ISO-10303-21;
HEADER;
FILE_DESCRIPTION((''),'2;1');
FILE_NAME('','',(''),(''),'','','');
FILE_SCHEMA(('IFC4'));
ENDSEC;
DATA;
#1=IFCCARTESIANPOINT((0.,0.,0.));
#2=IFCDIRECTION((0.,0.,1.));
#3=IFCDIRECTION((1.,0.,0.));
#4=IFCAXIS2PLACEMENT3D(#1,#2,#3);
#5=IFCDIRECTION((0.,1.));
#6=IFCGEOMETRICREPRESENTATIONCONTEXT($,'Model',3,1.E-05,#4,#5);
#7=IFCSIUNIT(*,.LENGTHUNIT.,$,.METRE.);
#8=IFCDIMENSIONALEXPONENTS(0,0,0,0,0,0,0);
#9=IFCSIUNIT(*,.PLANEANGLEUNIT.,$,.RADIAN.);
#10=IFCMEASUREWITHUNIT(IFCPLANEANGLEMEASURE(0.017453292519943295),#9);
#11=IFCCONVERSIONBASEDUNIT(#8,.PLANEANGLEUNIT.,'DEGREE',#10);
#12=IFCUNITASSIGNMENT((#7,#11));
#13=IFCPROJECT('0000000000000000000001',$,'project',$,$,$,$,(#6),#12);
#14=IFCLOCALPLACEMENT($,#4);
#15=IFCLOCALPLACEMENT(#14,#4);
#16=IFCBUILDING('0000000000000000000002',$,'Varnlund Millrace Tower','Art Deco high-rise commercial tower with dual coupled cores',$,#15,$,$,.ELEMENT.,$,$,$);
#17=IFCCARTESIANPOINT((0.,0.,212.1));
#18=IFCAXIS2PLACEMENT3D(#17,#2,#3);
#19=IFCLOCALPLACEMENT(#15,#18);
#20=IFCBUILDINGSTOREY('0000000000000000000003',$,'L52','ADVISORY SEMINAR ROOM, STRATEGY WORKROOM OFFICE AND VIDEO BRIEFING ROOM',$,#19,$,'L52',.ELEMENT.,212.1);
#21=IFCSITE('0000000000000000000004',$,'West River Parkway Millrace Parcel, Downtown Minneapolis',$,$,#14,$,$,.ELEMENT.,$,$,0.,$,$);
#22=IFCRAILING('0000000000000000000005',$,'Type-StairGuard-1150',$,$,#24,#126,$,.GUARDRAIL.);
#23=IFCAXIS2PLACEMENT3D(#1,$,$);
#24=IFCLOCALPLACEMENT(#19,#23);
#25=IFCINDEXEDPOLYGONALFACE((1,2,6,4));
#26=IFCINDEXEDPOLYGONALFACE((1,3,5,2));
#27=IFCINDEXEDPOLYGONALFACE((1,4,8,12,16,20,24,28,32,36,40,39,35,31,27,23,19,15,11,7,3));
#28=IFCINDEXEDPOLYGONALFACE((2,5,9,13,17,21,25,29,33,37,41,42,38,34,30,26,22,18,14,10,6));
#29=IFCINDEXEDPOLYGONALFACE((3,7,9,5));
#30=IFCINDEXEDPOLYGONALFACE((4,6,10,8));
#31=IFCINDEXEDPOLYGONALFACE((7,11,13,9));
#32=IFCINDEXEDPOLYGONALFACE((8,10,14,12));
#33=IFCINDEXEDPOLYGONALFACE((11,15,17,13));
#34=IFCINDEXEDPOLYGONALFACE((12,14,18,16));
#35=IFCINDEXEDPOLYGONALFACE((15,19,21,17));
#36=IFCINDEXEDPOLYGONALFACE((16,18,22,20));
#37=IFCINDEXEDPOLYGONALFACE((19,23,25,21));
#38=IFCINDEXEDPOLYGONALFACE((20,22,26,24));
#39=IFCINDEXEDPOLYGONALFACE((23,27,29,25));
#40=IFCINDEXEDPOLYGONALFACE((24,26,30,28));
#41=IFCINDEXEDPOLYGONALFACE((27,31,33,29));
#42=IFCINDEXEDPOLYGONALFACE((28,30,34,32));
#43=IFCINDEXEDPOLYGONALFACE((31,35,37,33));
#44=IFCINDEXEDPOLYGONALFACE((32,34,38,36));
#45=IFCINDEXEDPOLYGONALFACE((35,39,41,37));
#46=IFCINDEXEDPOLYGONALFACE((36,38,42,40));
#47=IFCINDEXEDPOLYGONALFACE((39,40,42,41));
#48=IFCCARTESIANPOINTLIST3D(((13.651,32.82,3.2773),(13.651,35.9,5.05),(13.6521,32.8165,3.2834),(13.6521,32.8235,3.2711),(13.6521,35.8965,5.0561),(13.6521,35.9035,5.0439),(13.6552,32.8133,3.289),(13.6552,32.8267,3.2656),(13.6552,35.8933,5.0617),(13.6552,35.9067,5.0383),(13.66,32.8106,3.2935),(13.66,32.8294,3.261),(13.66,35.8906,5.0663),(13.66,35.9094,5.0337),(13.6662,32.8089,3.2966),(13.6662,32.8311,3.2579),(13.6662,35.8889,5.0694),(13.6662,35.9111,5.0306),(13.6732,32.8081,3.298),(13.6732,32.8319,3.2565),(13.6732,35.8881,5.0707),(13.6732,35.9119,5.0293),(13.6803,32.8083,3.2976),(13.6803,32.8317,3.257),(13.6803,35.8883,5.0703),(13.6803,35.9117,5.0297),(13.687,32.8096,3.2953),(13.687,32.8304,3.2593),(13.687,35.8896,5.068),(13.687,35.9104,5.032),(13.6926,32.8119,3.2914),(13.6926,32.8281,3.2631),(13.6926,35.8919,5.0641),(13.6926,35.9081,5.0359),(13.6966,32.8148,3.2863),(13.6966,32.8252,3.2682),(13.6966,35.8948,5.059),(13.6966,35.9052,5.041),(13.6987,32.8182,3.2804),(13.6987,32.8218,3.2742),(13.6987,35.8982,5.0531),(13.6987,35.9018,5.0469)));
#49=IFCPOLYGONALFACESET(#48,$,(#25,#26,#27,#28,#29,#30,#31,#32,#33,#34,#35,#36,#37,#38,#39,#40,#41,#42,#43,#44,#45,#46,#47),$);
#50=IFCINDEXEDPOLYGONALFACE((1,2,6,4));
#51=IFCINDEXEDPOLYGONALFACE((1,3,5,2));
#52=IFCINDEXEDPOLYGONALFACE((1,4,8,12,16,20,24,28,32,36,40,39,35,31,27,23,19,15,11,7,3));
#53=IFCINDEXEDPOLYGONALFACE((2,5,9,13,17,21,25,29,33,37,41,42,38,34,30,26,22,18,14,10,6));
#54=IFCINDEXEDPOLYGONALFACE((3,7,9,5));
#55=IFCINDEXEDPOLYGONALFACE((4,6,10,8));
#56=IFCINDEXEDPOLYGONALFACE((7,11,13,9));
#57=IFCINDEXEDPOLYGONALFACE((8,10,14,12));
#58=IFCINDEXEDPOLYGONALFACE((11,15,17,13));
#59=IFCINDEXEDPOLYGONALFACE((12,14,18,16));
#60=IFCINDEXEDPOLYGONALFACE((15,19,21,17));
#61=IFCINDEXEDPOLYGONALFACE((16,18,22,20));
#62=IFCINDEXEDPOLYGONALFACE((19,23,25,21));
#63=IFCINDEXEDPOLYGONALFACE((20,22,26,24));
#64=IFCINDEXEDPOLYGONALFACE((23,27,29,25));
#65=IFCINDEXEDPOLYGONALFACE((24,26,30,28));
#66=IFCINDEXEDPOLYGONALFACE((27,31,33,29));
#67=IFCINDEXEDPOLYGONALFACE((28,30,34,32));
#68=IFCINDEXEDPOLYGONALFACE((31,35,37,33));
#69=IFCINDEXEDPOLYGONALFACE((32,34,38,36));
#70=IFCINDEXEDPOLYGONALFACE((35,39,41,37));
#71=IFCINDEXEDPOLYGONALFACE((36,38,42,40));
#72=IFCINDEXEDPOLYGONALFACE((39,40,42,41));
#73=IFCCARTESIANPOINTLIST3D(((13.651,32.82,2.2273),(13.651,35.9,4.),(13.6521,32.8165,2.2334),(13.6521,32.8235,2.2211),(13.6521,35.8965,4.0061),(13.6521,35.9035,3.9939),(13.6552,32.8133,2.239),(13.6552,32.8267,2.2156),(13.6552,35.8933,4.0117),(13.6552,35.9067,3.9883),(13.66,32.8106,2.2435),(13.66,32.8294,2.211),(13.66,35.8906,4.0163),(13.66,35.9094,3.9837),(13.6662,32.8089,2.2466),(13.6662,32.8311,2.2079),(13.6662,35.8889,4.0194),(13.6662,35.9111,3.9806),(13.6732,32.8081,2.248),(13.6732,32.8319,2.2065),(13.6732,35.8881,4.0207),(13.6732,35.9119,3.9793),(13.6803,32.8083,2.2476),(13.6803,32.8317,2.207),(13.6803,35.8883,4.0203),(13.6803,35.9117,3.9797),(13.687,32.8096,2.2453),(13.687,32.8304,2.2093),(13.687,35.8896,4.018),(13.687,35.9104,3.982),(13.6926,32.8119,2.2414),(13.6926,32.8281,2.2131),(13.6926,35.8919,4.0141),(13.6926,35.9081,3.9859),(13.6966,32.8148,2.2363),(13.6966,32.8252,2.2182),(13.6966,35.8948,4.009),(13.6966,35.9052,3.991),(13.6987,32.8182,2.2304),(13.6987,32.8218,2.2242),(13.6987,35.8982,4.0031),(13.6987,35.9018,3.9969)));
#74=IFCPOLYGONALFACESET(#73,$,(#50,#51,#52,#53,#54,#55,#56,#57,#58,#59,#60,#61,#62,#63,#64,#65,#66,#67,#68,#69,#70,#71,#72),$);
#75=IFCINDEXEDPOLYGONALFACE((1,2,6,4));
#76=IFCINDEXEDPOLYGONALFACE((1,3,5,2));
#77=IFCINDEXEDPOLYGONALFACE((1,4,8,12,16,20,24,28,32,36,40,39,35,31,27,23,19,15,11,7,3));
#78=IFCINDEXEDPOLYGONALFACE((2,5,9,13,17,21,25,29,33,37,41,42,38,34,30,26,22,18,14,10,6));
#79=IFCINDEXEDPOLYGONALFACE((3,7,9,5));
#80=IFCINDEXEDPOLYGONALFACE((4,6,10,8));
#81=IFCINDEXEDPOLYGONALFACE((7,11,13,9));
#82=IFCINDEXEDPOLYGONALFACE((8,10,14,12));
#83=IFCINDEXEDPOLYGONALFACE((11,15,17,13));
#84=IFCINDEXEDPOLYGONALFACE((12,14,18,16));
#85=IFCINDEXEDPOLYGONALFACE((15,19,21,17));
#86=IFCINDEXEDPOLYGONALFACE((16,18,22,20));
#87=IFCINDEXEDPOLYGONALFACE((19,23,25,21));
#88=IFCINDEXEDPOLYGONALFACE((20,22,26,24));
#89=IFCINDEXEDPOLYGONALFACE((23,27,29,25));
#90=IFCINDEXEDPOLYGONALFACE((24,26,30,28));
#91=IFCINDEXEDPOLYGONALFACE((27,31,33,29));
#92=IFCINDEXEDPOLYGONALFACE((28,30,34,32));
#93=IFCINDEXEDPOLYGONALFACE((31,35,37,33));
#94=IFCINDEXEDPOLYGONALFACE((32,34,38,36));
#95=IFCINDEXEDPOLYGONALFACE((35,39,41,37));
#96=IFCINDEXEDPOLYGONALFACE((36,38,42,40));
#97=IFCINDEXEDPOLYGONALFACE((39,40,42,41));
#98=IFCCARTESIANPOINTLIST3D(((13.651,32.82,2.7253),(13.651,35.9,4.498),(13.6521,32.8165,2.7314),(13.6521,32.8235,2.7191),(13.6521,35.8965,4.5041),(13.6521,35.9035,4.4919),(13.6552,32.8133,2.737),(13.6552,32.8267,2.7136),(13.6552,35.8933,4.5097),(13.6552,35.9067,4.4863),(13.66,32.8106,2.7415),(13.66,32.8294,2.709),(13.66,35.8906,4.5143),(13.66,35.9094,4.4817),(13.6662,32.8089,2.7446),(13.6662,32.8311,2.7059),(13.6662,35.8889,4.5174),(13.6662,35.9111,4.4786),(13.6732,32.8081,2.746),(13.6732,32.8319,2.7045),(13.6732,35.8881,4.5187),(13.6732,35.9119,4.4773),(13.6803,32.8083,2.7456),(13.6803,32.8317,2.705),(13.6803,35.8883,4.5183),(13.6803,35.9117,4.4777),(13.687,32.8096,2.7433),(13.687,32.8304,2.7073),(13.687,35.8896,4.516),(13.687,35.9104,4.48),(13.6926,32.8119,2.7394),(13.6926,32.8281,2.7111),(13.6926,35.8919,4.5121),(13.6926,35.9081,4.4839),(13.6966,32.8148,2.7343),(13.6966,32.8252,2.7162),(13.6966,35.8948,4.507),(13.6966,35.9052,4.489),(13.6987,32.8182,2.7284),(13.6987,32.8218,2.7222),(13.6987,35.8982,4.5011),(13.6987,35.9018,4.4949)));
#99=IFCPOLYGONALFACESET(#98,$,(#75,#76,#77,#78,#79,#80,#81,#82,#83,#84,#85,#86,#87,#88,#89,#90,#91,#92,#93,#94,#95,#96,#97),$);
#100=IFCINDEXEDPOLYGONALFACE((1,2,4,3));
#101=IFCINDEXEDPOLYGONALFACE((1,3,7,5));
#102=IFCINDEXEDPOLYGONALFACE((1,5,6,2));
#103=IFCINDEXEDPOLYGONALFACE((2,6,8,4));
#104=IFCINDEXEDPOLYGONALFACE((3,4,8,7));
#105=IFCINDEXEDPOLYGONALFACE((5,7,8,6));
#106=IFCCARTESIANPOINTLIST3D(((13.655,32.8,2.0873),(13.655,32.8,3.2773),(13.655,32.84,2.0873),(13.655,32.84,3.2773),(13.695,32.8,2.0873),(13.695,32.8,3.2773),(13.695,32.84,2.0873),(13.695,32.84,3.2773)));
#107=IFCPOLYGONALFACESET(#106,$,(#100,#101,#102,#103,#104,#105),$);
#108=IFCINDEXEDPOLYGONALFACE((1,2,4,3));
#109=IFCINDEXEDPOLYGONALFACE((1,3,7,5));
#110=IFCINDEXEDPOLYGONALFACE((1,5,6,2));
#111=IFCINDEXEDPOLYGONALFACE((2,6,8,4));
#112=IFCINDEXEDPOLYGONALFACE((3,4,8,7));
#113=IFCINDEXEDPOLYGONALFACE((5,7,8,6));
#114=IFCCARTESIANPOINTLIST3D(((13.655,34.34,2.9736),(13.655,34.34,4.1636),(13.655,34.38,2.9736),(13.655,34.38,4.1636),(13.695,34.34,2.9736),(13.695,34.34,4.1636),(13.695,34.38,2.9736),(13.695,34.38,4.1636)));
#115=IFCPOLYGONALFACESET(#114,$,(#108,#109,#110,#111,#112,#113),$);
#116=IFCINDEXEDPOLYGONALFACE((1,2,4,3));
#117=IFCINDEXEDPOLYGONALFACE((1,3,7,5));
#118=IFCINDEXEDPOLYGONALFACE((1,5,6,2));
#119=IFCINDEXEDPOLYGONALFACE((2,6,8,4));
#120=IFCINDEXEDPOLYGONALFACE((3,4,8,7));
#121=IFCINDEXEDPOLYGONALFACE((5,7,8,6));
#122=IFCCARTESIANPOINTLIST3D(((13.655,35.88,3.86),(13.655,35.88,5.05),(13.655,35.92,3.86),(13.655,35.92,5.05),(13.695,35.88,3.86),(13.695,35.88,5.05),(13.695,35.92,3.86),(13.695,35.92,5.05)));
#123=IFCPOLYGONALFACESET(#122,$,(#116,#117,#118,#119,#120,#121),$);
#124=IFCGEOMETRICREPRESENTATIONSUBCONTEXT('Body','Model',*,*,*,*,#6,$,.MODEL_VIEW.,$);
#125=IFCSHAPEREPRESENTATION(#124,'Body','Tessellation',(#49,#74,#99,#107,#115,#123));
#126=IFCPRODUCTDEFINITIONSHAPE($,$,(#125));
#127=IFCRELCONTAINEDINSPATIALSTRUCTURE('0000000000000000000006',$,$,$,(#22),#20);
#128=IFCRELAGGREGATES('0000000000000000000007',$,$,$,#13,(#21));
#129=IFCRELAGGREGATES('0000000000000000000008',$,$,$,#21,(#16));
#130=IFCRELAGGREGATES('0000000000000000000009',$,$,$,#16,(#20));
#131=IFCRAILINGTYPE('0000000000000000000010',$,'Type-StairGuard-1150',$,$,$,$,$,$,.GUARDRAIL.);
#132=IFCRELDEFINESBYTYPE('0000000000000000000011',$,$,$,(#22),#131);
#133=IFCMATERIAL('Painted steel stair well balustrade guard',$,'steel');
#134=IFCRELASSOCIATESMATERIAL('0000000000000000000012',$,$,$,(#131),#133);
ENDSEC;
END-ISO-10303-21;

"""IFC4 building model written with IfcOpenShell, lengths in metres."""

from ifc_helpers import new_model, entity, si_unit, converted_unit, direction, frame, origin_with_axes, origin_2d_with_axis, place, context, subcontext, project, spatial, rectangle, circle, extrude, material, type_object, element, save


model = new_model("IFC4")

# Units and contexts
model_context = context("Model", 3, precision=1e-05, world=origin_with_axes(), true_north=direction((0.0, 1.0)))
body_context = subcontext(model_context, "Body", "Model", "MODEL_VIEW")
ifc_project = project(units=[si_unit("LENGTHUNIT", "METRE"), converted_unit("PLANEANGLEUNIT", "DEGREE", entity("IfcPlaneAngleMeasure", 0.017453292519943295), si_unit("PLANEANGLEUNIT", "RADIAN"), dimensions=[0, 0, 0, 0, 0, 0, 0])], contexts=[model_context])

# Site, building, storey
site_placement = place(None, origin_with_axes())
site = spatial("IfcSite", under=ifc_project, at=site_placement, Name="West River Parkway Millrace Parcel, Downtown Minneapolis", CompositionType="ELEMENT", RefElevation=0.0)
building_placement = place(site_placement, origin_with_axes())
building = spatial("IfcBuilding", under=site, at=building_placement, Name="Varnlund Millrace Tower", Description="Art Deco high-rise commercial tower with dual coupled cores", CompositionType="ELEMENT")
storey_placement = place(building_placement, frame((0.0, 0.0, 212.1), z_axis=(0.0, 0.0, 1.0), x_axis=(1.0, 0.0, 0.0)))
storey = spatial("IfcBuildingStorey", under=building, at=storey_placement, Name="L52", Description="ADVISORY SEMINAR ROOM, STRATEGY WORKROOM OFFICE AND VIDEO BRIEFING ROOM", LongName="L52", CompositionType="ELEMENT", Elevation=212.1)

# Railing
ifc_material_1 = material(Name="Painted steel stair well balustrade guard", Category="steel")
railing_type_1 = type_object("IfcRailingType", Name="Type-StairGuard-1150", PredefinedType="GUARDRAIL", material=ifc_material_1)
railing_1_placement = place(storey_placement, frame((0.0, 0.0, -212.1), z_axis=(0.0, 0.0, 1.0), x_axis=(1.0, 0.0, 0.0)))
element("IfcRailing", 1, at=railing_1_placement, inside=storey, type_object=railing_type_1, Name="Type-StairGuard-1150", PredefinedType="GUARDRAIL", context=body_context, shape_type="SweptSolid", body=[
    extrude(circle(Radius=0.024, at=origin_2d_with_axis()), frame((13.675, 32.82, 215.3773), z_axis=(0.0, 0.866696, 0.498836), x_axis=(-1.0, 0.0, 0.0)), (0.0, 0.0, 1.0), 3.5537),
    extrude(circle(Radius=0.024, at=origin_2d_with_axis()), frame((13.675, 32.82, 214.3273), z_axis=(0.0, 0.866696, 0.498836), x_axis=(-1.0, 0.0, 0.0)), (0.0, 0.0, 1.0), 3.5537),
    extrude(circle(Radius=0.024, at=origin_2d_with_axis()), frame((13.675, 32.82, 214.8253), z_axis=(0.0, 0.866696, 0.498836), x_axis=(-1.0, 0.0, 0.0)), (0.0, 0.0, 1.0), 3.5537),
    extrude(rectangle(XDim=0.04, YDim=0.04, at=origin_2d_with_axis()), frame((13.675, 32.82, 214.1873), z_axis=(0.0, 0.0, 1.0), x_axis=(1.0, 0.0, 0.0)), (0.0, 0.0, 1.0), 1.19),
    extrude(rectangle(XDim=0.04, YDim=0.04, at=origin_2d_with_axis()), frame((13.675, 34.36, 215.0736), z_axis=(0.0, 0.0, 1.0), x_axis=(1.0, 0.0, 0.0)), (0.0, 0.0, 1.0), 1.19),
    extrude(rectangle(XDim=0.04, YDim=0.04, at=origin_2d_with_axis()), frame((13.675, 35.9, 215.96), z_axis=(0.0, 0.0, 1.0), x_axis=(1.0, 0.0, 0.0)), (0.0, 0.0, 1.0), 1.19),
])

save(model, "model.ifc")
